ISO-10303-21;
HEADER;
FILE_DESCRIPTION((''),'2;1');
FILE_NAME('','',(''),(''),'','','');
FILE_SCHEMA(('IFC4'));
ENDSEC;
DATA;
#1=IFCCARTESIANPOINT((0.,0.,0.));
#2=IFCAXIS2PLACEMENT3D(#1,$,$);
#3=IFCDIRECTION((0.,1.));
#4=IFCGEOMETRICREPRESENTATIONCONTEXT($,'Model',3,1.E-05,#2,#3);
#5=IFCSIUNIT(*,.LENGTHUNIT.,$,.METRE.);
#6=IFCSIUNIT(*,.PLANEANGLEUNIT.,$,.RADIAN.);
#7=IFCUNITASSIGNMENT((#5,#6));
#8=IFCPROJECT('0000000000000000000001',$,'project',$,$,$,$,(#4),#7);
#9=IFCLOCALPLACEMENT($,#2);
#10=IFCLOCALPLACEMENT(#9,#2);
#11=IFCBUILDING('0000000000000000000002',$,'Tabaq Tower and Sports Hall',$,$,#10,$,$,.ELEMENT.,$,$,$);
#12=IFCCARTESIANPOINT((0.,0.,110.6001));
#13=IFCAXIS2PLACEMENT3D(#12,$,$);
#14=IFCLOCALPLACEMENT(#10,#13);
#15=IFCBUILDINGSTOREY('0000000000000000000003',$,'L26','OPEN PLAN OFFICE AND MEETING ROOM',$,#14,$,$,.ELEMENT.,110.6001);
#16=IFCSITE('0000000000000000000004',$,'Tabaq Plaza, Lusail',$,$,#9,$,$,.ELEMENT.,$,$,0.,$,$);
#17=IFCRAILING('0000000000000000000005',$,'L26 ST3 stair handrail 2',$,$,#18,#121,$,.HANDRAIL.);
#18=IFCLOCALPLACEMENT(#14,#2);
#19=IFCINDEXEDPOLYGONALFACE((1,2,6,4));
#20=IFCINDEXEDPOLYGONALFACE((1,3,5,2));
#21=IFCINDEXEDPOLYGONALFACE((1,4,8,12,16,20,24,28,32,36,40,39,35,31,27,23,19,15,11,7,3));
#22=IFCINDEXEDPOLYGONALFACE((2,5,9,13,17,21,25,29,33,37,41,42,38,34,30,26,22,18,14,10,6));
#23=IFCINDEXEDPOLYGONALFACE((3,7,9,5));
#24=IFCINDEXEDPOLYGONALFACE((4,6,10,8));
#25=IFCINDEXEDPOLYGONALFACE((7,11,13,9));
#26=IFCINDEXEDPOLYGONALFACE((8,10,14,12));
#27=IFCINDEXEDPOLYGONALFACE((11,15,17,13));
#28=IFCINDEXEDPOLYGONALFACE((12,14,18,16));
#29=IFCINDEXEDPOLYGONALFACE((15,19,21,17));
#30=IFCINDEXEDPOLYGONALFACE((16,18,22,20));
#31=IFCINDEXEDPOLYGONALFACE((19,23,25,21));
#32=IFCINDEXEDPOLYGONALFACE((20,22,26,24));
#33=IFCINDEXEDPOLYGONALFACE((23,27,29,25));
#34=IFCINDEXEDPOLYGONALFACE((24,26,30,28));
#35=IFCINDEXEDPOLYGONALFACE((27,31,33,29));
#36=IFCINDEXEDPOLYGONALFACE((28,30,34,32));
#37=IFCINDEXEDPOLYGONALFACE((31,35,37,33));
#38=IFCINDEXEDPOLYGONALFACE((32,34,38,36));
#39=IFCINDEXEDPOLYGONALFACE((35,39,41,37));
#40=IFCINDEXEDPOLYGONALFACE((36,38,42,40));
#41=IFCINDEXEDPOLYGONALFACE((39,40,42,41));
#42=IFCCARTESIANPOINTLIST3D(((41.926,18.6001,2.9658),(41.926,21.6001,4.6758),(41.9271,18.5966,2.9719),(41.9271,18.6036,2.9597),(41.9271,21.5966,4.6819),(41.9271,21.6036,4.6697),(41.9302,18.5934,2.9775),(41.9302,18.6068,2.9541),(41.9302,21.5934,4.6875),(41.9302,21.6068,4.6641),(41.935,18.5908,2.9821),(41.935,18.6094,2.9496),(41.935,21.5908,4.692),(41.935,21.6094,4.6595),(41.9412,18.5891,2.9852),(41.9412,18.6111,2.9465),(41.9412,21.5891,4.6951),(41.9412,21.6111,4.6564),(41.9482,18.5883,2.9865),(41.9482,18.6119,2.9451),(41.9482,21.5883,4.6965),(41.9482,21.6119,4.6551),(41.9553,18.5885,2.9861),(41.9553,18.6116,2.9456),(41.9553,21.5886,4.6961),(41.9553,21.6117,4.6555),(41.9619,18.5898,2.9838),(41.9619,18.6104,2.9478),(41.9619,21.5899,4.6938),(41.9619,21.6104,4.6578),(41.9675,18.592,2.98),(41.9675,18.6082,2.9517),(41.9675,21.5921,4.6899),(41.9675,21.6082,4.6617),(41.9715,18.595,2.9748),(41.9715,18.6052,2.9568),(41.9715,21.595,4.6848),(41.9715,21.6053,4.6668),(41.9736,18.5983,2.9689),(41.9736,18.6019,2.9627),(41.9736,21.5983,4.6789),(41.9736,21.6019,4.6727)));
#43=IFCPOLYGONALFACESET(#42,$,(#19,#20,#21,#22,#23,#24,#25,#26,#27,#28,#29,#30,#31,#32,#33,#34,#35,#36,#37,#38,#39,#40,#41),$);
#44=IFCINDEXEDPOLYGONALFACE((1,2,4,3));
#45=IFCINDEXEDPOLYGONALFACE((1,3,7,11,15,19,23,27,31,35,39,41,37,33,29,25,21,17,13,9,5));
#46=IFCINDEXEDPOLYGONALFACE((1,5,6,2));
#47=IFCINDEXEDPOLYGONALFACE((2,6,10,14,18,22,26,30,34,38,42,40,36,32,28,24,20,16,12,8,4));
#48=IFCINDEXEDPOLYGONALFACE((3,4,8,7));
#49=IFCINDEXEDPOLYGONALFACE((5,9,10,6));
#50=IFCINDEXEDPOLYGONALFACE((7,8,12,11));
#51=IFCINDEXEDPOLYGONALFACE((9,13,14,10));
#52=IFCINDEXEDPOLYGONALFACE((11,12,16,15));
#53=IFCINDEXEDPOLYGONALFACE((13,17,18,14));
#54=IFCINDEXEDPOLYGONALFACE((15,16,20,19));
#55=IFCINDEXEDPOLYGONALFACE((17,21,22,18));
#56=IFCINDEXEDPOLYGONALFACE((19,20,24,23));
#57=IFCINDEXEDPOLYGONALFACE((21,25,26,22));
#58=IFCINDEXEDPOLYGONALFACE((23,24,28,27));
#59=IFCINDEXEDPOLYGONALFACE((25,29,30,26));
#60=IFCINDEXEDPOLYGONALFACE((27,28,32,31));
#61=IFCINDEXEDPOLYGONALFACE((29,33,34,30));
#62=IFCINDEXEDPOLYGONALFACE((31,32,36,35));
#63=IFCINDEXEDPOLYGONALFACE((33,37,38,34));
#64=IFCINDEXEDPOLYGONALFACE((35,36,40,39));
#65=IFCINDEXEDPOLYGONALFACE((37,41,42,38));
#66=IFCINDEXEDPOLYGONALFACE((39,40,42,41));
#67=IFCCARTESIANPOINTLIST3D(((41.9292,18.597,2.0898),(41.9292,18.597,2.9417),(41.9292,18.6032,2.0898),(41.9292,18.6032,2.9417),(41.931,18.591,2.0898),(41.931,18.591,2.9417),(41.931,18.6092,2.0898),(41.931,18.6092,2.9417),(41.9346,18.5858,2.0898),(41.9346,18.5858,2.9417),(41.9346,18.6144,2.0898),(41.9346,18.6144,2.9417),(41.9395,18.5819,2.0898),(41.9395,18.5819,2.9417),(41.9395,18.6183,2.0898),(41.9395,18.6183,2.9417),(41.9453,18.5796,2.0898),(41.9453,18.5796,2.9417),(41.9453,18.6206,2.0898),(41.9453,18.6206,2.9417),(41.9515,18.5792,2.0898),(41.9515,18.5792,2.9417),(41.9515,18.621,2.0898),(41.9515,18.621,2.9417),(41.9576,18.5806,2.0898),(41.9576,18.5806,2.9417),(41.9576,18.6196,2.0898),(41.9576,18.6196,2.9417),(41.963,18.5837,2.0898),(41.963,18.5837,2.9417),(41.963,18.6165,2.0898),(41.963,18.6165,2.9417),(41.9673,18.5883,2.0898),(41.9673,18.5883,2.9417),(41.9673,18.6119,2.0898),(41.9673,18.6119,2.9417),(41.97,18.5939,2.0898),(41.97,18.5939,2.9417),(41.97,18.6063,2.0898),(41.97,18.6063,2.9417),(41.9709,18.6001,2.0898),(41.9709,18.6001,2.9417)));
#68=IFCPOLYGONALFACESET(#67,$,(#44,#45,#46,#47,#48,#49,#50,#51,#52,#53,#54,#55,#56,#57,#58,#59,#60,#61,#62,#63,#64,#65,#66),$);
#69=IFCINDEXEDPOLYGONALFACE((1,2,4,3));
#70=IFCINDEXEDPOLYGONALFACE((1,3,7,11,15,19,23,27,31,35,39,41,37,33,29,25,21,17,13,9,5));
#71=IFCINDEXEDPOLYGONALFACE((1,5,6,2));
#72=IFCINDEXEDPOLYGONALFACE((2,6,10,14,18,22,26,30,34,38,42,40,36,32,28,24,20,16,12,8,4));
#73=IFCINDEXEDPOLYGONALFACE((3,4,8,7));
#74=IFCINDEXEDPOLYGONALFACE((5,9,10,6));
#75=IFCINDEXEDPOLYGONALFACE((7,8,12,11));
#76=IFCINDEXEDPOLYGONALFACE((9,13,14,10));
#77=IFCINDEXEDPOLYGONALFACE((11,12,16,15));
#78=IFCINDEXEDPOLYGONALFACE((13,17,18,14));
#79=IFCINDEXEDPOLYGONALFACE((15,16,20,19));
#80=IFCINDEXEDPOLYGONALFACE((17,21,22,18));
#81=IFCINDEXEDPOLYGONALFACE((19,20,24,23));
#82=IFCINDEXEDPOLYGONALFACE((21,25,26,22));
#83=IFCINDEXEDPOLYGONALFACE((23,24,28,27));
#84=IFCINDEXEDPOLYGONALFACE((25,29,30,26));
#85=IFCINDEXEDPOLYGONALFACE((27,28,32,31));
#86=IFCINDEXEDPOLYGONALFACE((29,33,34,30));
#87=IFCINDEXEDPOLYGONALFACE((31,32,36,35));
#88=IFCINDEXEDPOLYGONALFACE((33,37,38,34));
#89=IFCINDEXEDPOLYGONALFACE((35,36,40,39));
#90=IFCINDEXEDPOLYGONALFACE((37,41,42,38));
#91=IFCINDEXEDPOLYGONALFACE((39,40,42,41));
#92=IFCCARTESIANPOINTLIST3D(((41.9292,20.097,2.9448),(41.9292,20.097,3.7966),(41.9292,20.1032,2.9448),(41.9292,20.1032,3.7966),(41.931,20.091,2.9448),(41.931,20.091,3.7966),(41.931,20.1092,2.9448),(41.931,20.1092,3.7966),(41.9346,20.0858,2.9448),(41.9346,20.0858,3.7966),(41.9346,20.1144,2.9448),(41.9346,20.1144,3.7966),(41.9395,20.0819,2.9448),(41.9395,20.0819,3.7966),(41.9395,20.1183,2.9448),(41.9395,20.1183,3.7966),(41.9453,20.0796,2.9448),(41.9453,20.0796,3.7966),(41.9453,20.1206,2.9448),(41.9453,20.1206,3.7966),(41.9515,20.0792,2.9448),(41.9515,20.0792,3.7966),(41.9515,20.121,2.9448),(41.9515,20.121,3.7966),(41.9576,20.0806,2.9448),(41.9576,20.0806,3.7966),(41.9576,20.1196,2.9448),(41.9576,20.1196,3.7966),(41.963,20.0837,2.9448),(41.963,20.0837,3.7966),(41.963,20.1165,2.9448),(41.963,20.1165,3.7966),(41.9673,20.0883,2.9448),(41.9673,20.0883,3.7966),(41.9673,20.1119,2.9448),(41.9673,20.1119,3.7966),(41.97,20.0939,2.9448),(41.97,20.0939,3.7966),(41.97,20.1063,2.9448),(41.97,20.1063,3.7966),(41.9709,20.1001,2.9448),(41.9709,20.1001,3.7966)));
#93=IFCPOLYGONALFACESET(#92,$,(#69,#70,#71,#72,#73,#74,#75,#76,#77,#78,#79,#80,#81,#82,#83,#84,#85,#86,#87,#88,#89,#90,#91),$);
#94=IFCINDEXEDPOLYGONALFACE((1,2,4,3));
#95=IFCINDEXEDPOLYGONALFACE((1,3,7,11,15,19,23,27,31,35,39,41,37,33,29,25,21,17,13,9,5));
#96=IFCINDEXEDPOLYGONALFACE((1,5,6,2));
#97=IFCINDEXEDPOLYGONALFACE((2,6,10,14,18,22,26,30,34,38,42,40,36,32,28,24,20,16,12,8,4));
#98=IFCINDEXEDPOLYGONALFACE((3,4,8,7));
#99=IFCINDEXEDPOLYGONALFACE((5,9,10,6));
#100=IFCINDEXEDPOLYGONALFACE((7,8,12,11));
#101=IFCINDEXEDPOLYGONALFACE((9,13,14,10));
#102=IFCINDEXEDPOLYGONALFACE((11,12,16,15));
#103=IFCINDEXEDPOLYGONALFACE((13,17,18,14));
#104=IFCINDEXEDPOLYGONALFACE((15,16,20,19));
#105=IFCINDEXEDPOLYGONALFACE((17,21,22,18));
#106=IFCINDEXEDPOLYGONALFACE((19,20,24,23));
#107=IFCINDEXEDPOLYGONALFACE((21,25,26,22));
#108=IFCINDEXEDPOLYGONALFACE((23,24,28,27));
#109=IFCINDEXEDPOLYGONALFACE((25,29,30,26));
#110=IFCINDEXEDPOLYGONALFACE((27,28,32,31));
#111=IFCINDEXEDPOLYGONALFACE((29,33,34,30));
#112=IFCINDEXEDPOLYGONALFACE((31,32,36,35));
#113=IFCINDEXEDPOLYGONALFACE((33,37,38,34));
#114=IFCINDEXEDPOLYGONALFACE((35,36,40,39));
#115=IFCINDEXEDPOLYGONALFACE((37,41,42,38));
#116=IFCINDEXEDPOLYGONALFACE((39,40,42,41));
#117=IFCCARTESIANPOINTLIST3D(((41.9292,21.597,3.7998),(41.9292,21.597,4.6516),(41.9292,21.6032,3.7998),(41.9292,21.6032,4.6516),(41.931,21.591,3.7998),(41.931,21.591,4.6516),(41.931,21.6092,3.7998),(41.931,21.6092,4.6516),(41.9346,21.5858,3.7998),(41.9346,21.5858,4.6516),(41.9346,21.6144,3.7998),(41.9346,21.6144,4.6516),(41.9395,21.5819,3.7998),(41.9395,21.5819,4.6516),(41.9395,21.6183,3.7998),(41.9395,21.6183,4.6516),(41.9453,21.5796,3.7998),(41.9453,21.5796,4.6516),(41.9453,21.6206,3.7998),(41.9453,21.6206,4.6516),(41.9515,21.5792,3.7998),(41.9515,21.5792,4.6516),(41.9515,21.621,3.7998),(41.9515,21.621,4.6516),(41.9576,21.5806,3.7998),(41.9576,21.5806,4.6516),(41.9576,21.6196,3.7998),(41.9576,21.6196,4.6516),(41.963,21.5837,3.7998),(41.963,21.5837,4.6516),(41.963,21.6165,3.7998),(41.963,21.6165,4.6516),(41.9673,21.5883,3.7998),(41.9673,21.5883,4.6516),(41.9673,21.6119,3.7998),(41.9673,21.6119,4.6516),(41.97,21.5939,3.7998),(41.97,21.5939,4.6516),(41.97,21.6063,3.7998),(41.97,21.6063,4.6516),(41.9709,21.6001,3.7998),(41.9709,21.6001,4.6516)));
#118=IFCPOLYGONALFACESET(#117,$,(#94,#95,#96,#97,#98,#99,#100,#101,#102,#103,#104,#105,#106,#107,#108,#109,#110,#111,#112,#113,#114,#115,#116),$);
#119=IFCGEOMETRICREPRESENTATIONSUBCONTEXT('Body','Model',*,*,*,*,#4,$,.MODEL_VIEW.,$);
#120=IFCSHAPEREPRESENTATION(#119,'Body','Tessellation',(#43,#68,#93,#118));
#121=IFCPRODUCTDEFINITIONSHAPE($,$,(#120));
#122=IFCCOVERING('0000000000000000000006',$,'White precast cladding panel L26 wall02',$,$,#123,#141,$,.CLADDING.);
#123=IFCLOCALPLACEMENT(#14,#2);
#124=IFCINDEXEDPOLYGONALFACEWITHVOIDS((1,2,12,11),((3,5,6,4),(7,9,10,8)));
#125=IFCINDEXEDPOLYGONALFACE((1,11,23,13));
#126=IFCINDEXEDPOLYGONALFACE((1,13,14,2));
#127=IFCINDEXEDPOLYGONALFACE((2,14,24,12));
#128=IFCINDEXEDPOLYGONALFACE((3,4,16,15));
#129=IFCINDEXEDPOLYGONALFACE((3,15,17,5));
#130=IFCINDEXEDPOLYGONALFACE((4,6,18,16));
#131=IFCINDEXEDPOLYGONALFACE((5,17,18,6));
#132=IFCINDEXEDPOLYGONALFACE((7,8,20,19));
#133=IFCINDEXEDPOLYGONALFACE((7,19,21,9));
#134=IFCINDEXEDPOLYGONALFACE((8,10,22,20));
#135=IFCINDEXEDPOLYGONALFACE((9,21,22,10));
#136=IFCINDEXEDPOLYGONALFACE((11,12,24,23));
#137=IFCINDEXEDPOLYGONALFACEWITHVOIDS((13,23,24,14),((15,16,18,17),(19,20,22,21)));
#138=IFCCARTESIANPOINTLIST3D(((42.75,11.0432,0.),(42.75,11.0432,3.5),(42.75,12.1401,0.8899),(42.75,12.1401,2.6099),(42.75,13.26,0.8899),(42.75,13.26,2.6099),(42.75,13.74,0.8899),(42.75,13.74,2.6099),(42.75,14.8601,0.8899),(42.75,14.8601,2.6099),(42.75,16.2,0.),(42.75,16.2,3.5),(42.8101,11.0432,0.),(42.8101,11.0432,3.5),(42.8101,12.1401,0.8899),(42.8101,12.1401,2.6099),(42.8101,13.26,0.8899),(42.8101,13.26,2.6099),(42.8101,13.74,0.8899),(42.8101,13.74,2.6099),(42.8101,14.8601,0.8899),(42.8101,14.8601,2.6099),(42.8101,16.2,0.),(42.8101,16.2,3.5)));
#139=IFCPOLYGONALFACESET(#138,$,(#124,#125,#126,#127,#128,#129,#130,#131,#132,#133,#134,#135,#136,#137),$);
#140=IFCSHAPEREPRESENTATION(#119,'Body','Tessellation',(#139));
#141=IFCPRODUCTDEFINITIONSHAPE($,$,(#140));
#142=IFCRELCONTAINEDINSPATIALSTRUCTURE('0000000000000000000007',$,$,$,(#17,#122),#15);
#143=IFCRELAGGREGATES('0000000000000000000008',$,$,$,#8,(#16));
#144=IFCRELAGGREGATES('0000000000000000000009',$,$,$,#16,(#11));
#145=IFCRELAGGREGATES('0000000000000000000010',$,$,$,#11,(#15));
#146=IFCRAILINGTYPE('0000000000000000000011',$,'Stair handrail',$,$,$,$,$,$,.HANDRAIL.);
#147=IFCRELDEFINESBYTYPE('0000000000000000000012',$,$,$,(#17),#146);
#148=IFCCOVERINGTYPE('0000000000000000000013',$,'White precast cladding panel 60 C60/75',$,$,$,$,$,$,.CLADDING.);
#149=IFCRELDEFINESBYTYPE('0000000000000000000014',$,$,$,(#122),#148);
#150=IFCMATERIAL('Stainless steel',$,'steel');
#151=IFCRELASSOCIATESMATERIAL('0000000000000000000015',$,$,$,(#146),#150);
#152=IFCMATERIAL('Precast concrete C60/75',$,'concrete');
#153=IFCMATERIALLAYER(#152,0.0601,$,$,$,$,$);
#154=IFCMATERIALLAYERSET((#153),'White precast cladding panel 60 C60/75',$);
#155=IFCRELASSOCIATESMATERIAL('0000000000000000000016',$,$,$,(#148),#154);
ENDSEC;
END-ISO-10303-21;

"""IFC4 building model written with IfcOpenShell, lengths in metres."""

from ifc_helpers import new_model, si_unit, direction, frame, origin, origin_2d, place, context, subcontext, project, spatial, polyline, circle, outline, extrude, material, layer, layer_set, type_object, element, save


model = new_model("IFC4")

# Units and contexts
model_context = context("Model", 3, precision=1e-05, world=origin(), true_north=direction((0.0, 1.0)))
body_context = subcontext(model_context, "Body", "Model", "MODEL_VIEW")
ifc_project = project(units=[si_unit("LENGTHUNIT", "METRE"), si_unit("PLANEANGLEUNIT", "RADIAN")], contexts=[model_context])

# Site, building, storey
site_placement = place(None, origin())
site = spatial("IfcSite", under=ifc_project, at=site_placement, Name="Tabaq Plaza, Lusail", CompositionType="ELEMENT", RefElevation=0.0)
building_placement = place(site_placement, origin())
building = spatial("IfcBuilding", under=site, at=building_placement, Name="Tabaq Tower and Sports Hall", CompositionType="ELEMENT")
storey_placement = place(building_placement, frame((0.0, 0.0, 110.6001)))
storey = spatial("IfcBuildingStorey", under=building, at=storey_placement, Name="L26", Description="OPEN PLAN OFFICE AND MEETING ROOM", CompositionType="ELEMENT", Elevation=110.6001)

# Railing
ifc_material_1 = material(Name="Stainless steel", Category="steel")
railing_type_1 = type_object("IfcRailingType", Name="Stair handrail", PredefinedType="HANDRAIL", material=ifc_material_1)
railing_1_placement = place(storey_placement, frame((41.95, 18.6001, 2.0898)))
element("IfcRailing", 1, at=railing_1_placement, inside=storey, type_object=railing_type_1, Name="L26 ST3 stair handrail 2", PredefinedType="HANDRAIL", context=body_context, shape_type="SweptSolid", body=[
    extrude(circle(Radius=0.0239, at=origin_2d()), frame((0.0, 0.0, 0.876), z_axis=(0.0, 0.868782, 0.495195), x_axis=(-1.0, 0.0, 0.0)), (0.0, 0.0, 1.0), 3.4531),
    extrude(circle(Radius=0.021, at=origin_2d()), origin(), (0.0, 0.0, 1.0), 0.8518),
    extrude(circle(Radius=0.021, at=origin_2d()), frame((0.0, 1.5, 0.855)), (0.0, 0.0, 1.0), 0.8518),
    extrude(circle(Radius=0.021, at=origin_2d()), frame((0.0, 3.0, 1.71)), (0.0, 0.0, 1.0), 0.8518),
])

# Covering
ifc_material_2 = material(Name="Precast concrete C60/75", Category="concrete")
ifc_layer_1 = layer(ifc_material_2, 0.0601)
ifc_layer_set_1 = layer_set([ifc_layer_1], Name="White precast cladding panel 60 C60/75")
covering_type = type_object("IfcCoveringType", Name="White precast cladding panel 60 C60/75", PredefinedType="CLADDING", material=ifc_layer_set_1)
covering_placement = place(storey_placement, frame((42.78, 11.0432, 0.0), z_axis=(0.0, 0.0, 1.0), x_axis=(0.0, 1.0, 0.0)))
element("IfcCovering", 2, at=covering_placement, inside=storey, type_object=covering_type, Name="White precast cladding panel L26 wall02", PredefinedType="CLADDING", context=body_context, shape_type="SweptSolid", body=[
    extrude(outline(polyline([(0.0, 0.0), (5.1567, 0.0), (5.1567, 3.5), (0.0, 3.5), (0.0, 0.0)]), holes=[polyline([(1.0969, 2.6099), (2.2168, 2.6099), (2.2168, 0.8899), (1.0969, 0.8899), (1.0969, 2.6099)]), polyline([(2.6968, 2.6099), (3.8169, 2.6099), (3.8169, 0.8899), (2.6968, 0.8899), (2.6968, 2.6099)])]), frame((0.0, 0.03, 0.0), z_axis=(0.0, -1.0, 0.0), x_axis=(1.0, 0.0, 0.0)), (0.0, 0.0, 1.0), 0.0601),
])

save(model, "model.ifc")
